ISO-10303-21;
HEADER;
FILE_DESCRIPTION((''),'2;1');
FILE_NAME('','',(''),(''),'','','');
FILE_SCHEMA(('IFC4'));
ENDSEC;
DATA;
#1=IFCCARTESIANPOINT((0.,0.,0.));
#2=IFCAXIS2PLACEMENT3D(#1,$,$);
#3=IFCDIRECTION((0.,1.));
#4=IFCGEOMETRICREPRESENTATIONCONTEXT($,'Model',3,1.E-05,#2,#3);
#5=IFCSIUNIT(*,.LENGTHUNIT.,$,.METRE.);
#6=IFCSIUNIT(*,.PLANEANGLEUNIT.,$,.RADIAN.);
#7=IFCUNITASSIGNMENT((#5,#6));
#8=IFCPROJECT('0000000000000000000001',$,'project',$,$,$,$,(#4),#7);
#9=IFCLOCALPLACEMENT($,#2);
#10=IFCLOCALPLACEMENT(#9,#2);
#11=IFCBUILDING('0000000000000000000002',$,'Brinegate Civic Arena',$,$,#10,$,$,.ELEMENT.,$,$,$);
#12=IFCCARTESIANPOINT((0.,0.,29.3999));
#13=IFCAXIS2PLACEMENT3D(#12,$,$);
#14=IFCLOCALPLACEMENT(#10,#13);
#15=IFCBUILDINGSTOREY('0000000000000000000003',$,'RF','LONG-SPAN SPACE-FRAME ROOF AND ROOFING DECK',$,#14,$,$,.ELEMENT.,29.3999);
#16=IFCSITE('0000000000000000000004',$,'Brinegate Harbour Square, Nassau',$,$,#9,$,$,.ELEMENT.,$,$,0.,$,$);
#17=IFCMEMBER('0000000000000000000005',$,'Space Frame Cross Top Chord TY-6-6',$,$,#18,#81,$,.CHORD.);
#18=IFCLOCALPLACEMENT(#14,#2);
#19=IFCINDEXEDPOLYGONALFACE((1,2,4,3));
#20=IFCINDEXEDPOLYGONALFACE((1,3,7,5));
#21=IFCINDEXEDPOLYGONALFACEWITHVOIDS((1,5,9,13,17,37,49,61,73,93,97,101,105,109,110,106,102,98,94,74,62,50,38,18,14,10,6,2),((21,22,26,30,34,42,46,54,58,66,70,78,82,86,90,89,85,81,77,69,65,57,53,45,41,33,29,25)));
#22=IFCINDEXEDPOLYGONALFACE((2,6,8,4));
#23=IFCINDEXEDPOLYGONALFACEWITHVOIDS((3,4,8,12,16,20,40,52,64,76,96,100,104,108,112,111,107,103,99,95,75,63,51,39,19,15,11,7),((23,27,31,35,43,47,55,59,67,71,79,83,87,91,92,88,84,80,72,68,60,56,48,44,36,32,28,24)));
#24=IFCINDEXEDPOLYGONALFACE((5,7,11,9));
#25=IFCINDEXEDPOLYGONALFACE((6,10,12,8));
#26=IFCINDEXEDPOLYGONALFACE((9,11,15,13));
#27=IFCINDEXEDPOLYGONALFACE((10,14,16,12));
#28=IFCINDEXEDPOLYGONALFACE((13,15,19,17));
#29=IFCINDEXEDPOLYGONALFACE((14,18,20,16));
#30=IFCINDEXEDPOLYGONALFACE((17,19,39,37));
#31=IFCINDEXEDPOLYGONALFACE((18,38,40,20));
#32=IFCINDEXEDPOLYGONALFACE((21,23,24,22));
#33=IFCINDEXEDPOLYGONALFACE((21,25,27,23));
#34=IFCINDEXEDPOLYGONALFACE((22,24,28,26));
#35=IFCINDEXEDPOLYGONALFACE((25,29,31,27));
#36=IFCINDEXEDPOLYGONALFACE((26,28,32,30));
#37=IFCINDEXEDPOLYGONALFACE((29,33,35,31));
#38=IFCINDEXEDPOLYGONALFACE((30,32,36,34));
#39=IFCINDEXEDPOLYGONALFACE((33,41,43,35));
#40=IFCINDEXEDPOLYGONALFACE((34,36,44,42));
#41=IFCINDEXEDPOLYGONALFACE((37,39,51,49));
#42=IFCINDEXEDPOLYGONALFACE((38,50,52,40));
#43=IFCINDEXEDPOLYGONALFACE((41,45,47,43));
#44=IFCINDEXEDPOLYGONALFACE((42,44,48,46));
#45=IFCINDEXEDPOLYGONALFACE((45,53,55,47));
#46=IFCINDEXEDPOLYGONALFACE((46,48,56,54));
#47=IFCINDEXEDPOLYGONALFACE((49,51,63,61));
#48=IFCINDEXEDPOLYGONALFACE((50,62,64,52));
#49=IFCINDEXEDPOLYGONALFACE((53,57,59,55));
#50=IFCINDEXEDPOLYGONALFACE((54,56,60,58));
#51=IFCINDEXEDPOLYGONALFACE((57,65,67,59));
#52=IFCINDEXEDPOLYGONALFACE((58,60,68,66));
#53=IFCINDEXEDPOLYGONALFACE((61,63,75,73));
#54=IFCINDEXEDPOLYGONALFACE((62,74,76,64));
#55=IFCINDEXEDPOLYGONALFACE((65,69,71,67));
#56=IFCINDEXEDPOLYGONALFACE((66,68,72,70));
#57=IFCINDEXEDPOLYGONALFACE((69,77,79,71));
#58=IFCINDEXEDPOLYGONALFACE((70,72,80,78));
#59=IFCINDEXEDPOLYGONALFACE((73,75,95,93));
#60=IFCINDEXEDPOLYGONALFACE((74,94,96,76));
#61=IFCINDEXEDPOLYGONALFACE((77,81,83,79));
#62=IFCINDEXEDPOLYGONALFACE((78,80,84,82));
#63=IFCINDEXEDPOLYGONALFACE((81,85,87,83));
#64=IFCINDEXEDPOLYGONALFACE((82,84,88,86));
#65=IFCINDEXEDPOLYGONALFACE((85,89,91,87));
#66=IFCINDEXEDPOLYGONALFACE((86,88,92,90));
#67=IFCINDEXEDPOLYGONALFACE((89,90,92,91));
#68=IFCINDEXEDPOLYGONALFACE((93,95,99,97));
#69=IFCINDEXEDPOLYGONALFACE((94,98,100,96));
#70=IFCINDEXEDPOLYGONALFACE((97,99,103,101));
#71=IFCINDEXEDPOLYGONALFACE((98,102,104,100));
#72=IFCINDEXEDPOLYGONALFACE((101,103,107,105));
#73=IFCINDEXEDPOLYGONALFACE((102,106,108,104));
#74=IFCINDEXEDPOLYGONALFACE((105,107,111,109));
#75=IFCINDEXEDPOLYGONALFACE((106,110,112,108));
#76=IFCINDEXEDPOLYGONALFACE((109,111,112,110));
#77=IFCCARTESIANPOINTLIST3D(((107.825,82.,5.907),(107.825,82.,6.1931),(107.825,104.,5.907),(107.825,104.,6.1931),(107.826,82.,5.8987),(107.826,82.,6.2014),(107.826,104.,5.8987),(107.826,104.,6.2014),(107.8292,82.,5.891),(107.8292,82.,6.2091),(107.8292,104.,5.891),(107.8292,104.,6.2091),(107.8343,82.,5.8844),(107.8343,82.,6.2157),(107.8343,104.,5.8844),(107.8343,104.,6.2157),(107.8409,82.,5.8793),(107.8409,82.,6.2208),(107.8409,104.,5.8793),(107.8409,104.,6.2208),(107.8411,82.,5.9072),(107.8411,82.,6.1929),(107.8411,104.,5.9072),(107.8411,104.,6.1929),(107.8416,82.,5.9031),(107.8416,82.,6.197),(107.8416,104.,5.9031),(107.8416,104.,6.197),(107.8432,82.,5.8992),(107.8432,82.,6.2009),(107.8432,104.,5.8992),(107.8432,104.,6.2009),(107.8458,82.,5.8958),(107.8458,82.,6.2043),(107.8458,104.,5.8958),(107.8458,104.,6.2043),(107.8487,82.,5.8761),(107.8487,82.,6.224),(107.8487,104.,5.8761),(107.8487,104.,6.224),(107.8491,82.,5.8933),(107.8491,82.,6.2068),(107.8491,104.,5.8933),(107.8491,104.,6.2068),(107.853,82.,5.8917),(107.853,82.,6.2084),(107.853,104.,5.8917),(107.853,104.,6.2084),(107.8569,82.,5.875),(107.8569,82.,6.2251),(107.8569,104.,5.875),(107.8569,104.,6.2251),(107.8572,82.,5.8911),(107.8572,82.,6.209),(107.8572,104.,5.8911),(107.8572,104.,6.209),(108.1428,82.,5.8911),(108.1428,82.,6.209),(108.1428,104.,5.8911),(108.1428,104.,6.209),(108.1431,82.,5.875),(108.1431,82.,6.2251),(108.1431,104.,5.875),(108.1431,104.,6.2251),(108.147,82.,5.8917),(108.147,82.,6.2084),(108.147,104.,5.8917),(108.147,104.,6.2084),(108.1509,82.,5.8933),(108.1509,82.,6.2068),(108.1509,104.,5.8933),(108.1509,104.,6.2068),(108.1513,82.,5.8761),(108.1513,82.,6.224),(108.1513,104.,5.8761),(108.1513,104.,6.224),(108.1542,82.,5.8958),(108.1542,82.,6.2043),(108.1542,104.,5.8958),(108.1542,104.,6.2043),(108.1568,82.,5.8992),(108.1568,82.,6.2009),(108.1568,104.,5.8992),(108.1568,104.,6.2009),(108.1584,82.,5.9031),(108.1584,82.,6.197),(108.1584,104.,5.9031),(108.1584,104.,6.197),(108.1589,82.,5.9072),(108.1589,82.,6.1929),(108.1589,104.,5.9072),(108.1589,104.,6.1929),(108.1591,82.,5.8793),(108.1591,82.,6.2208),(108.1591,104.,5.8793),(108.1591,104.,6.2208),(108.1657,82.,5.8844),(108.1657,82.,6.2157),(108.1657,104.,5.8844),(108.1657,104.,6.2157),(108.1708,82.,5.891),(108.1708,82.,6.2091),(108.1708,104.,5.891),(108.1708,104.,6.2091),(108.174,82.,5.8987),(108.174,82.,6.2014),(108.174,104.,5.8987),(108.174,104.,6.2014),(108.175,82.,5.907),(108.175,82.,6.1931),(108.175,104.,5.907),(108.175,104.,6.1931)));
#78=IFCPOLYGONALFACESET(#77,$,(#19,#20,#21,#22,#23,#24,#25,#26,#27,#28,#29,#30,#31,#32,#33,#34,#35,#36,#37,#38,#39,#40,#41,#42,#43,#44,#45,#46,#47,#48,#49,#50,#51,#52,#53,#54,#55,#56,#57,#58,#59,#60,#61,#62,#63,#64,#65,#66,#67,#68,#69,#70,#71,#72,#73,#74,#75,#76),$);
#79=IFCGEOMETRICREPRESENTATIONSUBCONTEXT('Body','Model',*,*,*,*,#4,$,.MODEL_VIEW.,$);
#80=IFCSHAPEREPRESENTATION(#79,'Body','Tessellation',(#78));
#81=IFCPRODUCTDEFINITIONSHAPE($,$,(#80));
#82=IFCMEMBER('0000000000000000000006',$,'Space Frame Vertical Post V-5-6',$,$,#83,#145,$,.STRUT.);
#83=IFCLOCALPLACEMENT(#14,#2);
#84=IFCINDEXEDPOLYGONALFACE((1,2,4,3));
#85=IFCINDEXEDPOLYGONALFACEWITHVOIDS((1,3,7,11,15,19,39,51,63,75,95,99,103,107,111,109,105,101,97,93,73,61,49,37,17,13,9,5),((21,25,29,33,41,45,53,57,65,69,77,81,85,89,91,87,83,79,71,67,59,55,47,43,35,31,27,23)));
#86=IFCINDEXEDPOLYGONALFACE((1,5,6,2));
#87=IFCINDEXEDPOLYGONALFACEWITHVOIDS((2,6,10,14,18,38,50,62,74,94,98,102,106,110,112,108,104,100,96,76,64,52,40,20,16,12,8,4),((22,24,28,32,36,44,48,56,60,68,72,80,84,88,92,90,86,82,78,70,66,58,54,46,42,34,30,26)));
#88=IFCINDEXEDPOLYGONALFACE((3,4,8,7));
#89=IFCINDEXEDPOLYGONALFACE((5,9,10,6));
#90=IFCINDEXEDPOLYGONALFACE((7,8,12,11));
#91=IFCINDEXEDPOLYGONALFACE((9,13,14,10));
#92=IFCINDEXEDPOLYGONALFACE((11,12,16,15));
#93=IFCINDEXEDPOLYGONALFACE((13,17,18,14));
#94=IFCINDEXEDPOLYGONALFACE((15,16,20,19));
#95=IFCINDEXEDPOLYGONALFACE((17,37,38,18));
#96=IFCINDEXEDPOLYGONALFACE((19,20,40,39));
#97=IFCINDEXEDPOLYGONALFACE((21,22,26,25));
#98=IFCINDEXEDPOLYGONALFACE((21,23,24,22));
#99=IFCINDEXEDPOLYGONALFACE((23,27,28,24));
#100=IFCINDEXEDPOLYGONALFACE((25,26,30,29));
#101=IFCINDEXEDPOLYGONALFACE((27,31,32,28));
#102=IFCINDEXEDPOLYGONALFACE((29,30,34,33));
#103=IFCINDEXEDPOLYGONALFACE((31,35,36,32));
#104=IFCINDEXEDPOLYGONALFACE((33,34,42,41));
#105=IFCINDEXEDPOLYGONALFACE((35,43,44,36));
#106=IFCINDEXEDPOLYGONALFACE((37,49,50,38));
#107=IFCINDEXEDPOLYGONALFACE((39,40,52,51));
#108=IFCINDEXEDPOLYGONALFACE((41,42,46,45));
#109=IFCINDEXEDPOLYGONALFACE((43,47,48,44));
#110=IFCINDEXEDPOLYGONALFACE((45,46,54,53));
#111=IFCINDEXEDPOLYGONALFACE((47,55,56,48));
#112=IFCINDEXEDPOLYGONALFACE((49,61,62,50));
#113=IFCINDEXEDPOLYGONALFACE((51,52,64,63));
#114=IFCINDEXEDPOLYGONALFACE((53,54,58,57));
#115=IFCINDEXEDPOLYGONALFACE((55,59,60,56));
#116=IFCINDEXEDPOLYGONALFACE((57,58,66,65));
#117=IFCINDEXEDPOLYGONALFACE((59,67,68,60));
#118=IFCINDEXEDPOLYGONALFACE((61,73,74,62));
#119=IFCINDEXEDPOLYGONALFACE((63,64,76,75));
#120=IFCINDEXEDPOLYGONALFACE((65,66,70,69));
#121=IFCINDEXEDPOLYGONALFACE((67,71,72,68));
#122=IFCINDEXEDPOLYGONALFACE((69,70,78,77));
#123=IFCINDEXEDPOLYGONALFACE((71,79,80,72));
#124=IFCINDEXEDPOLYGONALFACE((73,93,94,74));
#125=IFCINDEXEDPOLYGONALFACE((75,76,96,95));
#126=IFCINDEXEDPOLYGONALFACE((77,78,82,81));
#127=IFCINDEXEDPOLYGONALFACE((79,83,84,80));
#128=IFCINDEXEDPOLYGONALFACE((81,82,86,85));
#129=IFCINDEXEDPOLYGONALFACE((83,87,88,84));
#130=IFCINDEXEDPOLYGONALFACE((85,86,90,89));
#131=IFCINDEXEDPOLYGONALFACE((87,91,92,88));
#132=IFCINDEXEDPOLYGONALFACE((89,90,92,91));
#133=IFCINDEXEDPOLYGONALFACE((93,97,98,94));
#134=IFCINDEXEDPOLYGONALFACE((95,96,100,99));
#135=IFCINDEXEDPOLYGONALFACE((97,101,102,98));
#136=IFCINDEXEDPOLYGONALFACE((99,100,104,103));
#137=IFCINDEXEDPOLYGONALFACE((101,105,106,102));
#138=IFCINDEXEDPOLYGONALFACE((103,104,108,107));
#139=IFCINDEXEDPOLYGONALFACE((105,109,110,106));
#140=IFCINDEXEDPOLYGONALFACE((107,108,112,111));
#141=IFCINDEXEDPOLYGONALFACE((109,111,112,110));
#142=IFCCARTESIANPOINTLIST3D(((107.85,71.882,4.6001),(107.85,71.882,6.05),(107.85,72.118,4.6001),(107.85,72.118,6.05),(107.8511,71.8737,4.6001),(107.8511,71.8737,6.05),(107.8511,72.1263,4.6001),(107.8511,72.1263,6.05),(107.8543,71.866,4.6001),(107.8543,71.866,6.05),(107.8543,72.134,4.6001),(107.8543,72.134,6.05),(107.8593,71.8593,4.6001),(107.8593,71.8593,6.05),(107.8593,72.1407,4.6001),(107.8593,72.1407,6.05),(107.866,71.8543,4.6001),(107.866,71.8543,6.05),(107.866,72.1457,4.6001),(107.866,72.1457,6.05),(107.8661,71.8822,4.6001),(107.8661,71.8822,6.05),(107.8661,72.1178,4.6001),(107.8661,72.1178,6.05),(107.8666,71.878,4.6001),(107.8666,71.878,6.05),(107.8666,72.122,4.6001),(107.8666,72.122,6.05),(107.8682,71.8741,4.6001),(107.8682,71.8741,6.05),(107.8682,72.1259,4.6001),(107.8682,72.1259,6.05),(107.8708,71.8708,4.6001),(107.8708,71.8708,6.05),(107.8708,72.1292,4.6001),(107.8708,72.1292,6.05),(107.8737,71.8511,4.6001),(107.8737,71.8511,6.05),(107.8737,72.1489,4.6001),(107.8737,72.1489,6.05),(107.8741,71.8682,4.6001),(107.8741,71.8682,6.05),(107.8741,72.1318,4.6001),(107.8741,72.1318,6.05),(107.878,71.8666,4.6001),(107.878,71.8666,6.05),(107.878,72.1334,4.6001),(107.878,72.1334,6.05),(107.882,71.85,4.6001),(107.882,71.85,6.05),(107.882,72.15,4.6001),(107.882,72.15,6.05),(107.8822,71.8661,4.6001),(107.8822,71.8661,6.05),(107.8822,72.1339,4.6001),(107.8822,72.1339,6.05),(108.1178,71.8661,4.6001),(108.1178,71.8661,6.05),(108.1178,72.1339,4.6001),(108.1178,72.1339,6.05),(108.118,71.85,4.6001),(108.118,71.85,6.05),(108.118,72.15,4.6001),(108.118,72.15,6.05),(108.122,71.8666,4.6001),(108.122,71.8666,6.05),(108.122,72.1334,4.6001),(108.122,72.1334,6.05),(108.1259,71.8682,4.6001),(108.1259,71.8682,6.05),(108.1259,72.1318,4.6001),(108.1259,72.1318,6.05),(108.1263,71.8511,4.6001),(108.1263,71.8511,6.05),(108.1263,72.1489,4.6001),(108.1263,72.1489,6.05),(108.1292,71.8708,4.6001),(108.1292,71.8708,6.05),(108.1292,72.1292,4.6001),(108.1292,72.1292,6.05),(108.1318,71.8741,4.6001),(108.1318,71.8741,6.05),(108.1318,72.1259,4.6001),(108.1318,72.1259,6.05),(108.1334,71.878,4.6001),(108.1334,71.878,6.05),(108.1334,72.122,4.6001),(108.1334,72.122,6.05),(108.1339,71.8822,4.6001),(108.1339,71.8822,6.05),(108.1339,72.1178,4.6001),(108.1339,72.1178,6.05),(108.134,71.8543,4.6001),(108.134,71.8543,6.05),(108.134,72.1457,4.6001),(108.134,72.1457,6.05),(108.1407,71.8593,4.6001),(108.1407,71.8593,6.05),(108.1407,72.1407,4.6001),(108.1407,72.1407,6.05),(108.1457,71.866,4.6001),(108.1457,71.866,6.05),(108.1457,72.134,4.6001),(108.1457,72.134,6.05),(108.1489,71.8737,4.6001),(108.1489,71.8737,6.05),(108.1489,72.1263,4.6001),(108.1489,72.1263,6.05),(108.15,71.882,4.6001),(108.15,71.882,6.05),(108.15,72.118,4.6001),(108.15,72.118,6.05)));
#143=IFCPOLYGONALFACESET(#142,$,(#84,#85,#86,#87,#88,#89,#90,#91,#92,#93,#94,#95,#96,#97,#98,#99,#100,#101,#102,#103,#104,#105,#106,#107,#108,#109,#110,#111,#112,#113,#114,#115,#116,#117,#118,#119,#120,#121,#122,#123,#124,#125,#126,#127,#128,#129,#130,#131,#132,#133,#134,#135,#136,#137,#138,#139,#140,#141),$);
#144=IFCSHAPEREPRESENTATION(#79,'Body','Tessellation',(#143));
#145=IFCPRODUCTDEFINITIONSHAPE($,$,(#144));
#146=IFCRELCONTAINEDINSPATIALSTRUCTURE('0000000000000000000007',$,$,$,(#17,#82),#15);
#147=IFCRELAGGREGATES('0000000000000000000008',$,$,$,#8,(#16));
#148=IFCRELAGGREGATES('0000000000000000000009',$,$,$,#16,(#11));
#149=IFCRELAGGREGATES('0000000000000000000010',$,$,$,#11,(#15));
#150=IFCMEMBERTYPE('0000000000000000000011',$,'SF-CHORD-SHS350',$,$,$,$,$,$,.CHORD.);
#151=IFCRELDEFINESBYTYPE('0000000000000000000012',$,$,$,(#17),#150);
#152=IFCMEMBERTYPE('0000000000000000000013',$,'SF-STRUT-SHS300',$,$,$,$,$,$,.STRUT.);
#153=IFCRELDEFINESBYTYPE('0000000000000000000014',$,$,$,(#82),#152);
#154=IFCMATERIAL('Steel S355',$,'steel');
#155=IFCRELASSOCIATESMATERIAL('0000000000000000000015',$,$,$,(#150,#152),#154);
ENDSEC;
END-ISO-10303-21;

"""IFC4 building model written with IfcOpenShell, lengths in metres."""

from ifc_helpers import new_model, si_unit, direction, frame, origin, origin_2d, place, context, subcontext, project, spatial, hollow_rectangle, extrude, material, material_profile, profile_set, type_object, element, save


model = new_model("IFC4")

# Units and contexts
model_context = context("Model", 3, precision=1e-05, world=origin(), true_north=direction((0.0, 1.0)))
body_context = subcontext(model_context, "Body", "Model", "MODEL_VIEW")
ifc_project = project(units=[si_unit("LENGTHUNIT", "METRE"), si_unit("PLANEANGLEUNIT", "RADIAN")], contexts=[model_context])

# Site, building, storey
site_placement = place(None, origin())
site = spatial("IfcSite", under=ifc_project, at=site_placement, Name="Brinegate Harbour Square, Nassau", CompositionType="ELEMENT", RefElevation=0.0)
building_placement = place(site_placement, origin())
building = spatial("IfcBuilding", under=site, at=building_placement, Name="Brinegate Civic Arena", CompositionType="ELEMENT")
storey_placement = place(building_placement, frame((0.0, 0.0, 29.3999)))
storey = spatial("IfcBuildingStorey", under=building, at=storey_placement, Name="RF", Description="LONG-SPAN SPACE-FRAME ROOF AND ROOFING DECK", CompositionType="ELEMENT", Elevation=29.3999)

# Members
ifc_material = material(Name="Steel S355", Category="steel")
ifc_material_profile_1 = material_profile(ifc_material, hollow_rectangle(XDim=0.3501, YDim=0.3501, WallThickness=0.0161, InnerFilletRadius=0.0161, OuterFilletRadius=0.032, at=origin_2d()), Name="SHS350X16")
ifc_profile_set_1 = profile_set([ifc_material_profile_1], Name="Steel S355")
member_type_1 = type_object("IfcMemberType", Name="SF-CHORD-SHS350", PredefinedType="CHORD", material=ifc_profile_set_1)
for number, where, z_axis, x_axis, name in (
    (1, (108.0, 82.0, 6.05), (0.0, 1.0, 0.0), (-1.0, 0.0, 0.0), "Space Frame Cross Top Chord TY-6-6"),
):
    element("IfcMember", number, at=place(storey_placement, frame(where, z_axis=z_axis, x_axis=x_axis)), inside=storey, type_object=member_type_1, Name=name, PredefinedType="CHORD", context=body_context, shape_type="SweptSolid", body=[
        extrude(hollow_rectangle(XDim=0.3501, YDim=0.3501, WallThickness=0.0161, InnerFilletRadius=0.0161, OuterFilletRadius=0.032, at=origin_2d()), origin(), (0.0, 0.0, 1.0), 22.0),
    ])
ifc_material_profile_2 = material_profile(ifc_material, hollow_rectangle(XDim=0.3, YDim=0.3, WallThickness=0.0161, InnerFilletRadius=0.0161, OuterFilletRadius=0.032, at=origin_2d()), Name="SHS300X16")
ifc_profile_set_2 = profile_set([ifc_material_profile_2], Name="Steel S355")
member_type_2 = type_object("IfcMemberType", Name="SF-STRUT-SHS300", PredefinedType="STRUT", material=ifc_profile_set_2)
for number, where, z_axis, x_axis, name in (
    (2, (108.0, 72.0, 4.6001), (0.0, 0.0, 1.0), (1.0, 0.0, 0.0), "Space Frame Vertical Post V-5-6"),
):
    element("IfcMember", number, at=place(storey_placement, frame(where, z_axis=z_axis, x_axis=x_axis)), inside=storey, type_object=member_type_2, Name=name, PredefinedType="STRUT", context=body_context, shape_type="SweptSolid", body=[
        extrude(hollow_rectangle(XDim=0.3, YDim=0.3, WallThickness=0.0161, InnerFilletRadius=0.0161, OuterFilletRadius=0.032, at=origin_2d()), origin(), (0.0, 0.0, 1.0), 1.45),
    ])

save(model, "model.ifc")
